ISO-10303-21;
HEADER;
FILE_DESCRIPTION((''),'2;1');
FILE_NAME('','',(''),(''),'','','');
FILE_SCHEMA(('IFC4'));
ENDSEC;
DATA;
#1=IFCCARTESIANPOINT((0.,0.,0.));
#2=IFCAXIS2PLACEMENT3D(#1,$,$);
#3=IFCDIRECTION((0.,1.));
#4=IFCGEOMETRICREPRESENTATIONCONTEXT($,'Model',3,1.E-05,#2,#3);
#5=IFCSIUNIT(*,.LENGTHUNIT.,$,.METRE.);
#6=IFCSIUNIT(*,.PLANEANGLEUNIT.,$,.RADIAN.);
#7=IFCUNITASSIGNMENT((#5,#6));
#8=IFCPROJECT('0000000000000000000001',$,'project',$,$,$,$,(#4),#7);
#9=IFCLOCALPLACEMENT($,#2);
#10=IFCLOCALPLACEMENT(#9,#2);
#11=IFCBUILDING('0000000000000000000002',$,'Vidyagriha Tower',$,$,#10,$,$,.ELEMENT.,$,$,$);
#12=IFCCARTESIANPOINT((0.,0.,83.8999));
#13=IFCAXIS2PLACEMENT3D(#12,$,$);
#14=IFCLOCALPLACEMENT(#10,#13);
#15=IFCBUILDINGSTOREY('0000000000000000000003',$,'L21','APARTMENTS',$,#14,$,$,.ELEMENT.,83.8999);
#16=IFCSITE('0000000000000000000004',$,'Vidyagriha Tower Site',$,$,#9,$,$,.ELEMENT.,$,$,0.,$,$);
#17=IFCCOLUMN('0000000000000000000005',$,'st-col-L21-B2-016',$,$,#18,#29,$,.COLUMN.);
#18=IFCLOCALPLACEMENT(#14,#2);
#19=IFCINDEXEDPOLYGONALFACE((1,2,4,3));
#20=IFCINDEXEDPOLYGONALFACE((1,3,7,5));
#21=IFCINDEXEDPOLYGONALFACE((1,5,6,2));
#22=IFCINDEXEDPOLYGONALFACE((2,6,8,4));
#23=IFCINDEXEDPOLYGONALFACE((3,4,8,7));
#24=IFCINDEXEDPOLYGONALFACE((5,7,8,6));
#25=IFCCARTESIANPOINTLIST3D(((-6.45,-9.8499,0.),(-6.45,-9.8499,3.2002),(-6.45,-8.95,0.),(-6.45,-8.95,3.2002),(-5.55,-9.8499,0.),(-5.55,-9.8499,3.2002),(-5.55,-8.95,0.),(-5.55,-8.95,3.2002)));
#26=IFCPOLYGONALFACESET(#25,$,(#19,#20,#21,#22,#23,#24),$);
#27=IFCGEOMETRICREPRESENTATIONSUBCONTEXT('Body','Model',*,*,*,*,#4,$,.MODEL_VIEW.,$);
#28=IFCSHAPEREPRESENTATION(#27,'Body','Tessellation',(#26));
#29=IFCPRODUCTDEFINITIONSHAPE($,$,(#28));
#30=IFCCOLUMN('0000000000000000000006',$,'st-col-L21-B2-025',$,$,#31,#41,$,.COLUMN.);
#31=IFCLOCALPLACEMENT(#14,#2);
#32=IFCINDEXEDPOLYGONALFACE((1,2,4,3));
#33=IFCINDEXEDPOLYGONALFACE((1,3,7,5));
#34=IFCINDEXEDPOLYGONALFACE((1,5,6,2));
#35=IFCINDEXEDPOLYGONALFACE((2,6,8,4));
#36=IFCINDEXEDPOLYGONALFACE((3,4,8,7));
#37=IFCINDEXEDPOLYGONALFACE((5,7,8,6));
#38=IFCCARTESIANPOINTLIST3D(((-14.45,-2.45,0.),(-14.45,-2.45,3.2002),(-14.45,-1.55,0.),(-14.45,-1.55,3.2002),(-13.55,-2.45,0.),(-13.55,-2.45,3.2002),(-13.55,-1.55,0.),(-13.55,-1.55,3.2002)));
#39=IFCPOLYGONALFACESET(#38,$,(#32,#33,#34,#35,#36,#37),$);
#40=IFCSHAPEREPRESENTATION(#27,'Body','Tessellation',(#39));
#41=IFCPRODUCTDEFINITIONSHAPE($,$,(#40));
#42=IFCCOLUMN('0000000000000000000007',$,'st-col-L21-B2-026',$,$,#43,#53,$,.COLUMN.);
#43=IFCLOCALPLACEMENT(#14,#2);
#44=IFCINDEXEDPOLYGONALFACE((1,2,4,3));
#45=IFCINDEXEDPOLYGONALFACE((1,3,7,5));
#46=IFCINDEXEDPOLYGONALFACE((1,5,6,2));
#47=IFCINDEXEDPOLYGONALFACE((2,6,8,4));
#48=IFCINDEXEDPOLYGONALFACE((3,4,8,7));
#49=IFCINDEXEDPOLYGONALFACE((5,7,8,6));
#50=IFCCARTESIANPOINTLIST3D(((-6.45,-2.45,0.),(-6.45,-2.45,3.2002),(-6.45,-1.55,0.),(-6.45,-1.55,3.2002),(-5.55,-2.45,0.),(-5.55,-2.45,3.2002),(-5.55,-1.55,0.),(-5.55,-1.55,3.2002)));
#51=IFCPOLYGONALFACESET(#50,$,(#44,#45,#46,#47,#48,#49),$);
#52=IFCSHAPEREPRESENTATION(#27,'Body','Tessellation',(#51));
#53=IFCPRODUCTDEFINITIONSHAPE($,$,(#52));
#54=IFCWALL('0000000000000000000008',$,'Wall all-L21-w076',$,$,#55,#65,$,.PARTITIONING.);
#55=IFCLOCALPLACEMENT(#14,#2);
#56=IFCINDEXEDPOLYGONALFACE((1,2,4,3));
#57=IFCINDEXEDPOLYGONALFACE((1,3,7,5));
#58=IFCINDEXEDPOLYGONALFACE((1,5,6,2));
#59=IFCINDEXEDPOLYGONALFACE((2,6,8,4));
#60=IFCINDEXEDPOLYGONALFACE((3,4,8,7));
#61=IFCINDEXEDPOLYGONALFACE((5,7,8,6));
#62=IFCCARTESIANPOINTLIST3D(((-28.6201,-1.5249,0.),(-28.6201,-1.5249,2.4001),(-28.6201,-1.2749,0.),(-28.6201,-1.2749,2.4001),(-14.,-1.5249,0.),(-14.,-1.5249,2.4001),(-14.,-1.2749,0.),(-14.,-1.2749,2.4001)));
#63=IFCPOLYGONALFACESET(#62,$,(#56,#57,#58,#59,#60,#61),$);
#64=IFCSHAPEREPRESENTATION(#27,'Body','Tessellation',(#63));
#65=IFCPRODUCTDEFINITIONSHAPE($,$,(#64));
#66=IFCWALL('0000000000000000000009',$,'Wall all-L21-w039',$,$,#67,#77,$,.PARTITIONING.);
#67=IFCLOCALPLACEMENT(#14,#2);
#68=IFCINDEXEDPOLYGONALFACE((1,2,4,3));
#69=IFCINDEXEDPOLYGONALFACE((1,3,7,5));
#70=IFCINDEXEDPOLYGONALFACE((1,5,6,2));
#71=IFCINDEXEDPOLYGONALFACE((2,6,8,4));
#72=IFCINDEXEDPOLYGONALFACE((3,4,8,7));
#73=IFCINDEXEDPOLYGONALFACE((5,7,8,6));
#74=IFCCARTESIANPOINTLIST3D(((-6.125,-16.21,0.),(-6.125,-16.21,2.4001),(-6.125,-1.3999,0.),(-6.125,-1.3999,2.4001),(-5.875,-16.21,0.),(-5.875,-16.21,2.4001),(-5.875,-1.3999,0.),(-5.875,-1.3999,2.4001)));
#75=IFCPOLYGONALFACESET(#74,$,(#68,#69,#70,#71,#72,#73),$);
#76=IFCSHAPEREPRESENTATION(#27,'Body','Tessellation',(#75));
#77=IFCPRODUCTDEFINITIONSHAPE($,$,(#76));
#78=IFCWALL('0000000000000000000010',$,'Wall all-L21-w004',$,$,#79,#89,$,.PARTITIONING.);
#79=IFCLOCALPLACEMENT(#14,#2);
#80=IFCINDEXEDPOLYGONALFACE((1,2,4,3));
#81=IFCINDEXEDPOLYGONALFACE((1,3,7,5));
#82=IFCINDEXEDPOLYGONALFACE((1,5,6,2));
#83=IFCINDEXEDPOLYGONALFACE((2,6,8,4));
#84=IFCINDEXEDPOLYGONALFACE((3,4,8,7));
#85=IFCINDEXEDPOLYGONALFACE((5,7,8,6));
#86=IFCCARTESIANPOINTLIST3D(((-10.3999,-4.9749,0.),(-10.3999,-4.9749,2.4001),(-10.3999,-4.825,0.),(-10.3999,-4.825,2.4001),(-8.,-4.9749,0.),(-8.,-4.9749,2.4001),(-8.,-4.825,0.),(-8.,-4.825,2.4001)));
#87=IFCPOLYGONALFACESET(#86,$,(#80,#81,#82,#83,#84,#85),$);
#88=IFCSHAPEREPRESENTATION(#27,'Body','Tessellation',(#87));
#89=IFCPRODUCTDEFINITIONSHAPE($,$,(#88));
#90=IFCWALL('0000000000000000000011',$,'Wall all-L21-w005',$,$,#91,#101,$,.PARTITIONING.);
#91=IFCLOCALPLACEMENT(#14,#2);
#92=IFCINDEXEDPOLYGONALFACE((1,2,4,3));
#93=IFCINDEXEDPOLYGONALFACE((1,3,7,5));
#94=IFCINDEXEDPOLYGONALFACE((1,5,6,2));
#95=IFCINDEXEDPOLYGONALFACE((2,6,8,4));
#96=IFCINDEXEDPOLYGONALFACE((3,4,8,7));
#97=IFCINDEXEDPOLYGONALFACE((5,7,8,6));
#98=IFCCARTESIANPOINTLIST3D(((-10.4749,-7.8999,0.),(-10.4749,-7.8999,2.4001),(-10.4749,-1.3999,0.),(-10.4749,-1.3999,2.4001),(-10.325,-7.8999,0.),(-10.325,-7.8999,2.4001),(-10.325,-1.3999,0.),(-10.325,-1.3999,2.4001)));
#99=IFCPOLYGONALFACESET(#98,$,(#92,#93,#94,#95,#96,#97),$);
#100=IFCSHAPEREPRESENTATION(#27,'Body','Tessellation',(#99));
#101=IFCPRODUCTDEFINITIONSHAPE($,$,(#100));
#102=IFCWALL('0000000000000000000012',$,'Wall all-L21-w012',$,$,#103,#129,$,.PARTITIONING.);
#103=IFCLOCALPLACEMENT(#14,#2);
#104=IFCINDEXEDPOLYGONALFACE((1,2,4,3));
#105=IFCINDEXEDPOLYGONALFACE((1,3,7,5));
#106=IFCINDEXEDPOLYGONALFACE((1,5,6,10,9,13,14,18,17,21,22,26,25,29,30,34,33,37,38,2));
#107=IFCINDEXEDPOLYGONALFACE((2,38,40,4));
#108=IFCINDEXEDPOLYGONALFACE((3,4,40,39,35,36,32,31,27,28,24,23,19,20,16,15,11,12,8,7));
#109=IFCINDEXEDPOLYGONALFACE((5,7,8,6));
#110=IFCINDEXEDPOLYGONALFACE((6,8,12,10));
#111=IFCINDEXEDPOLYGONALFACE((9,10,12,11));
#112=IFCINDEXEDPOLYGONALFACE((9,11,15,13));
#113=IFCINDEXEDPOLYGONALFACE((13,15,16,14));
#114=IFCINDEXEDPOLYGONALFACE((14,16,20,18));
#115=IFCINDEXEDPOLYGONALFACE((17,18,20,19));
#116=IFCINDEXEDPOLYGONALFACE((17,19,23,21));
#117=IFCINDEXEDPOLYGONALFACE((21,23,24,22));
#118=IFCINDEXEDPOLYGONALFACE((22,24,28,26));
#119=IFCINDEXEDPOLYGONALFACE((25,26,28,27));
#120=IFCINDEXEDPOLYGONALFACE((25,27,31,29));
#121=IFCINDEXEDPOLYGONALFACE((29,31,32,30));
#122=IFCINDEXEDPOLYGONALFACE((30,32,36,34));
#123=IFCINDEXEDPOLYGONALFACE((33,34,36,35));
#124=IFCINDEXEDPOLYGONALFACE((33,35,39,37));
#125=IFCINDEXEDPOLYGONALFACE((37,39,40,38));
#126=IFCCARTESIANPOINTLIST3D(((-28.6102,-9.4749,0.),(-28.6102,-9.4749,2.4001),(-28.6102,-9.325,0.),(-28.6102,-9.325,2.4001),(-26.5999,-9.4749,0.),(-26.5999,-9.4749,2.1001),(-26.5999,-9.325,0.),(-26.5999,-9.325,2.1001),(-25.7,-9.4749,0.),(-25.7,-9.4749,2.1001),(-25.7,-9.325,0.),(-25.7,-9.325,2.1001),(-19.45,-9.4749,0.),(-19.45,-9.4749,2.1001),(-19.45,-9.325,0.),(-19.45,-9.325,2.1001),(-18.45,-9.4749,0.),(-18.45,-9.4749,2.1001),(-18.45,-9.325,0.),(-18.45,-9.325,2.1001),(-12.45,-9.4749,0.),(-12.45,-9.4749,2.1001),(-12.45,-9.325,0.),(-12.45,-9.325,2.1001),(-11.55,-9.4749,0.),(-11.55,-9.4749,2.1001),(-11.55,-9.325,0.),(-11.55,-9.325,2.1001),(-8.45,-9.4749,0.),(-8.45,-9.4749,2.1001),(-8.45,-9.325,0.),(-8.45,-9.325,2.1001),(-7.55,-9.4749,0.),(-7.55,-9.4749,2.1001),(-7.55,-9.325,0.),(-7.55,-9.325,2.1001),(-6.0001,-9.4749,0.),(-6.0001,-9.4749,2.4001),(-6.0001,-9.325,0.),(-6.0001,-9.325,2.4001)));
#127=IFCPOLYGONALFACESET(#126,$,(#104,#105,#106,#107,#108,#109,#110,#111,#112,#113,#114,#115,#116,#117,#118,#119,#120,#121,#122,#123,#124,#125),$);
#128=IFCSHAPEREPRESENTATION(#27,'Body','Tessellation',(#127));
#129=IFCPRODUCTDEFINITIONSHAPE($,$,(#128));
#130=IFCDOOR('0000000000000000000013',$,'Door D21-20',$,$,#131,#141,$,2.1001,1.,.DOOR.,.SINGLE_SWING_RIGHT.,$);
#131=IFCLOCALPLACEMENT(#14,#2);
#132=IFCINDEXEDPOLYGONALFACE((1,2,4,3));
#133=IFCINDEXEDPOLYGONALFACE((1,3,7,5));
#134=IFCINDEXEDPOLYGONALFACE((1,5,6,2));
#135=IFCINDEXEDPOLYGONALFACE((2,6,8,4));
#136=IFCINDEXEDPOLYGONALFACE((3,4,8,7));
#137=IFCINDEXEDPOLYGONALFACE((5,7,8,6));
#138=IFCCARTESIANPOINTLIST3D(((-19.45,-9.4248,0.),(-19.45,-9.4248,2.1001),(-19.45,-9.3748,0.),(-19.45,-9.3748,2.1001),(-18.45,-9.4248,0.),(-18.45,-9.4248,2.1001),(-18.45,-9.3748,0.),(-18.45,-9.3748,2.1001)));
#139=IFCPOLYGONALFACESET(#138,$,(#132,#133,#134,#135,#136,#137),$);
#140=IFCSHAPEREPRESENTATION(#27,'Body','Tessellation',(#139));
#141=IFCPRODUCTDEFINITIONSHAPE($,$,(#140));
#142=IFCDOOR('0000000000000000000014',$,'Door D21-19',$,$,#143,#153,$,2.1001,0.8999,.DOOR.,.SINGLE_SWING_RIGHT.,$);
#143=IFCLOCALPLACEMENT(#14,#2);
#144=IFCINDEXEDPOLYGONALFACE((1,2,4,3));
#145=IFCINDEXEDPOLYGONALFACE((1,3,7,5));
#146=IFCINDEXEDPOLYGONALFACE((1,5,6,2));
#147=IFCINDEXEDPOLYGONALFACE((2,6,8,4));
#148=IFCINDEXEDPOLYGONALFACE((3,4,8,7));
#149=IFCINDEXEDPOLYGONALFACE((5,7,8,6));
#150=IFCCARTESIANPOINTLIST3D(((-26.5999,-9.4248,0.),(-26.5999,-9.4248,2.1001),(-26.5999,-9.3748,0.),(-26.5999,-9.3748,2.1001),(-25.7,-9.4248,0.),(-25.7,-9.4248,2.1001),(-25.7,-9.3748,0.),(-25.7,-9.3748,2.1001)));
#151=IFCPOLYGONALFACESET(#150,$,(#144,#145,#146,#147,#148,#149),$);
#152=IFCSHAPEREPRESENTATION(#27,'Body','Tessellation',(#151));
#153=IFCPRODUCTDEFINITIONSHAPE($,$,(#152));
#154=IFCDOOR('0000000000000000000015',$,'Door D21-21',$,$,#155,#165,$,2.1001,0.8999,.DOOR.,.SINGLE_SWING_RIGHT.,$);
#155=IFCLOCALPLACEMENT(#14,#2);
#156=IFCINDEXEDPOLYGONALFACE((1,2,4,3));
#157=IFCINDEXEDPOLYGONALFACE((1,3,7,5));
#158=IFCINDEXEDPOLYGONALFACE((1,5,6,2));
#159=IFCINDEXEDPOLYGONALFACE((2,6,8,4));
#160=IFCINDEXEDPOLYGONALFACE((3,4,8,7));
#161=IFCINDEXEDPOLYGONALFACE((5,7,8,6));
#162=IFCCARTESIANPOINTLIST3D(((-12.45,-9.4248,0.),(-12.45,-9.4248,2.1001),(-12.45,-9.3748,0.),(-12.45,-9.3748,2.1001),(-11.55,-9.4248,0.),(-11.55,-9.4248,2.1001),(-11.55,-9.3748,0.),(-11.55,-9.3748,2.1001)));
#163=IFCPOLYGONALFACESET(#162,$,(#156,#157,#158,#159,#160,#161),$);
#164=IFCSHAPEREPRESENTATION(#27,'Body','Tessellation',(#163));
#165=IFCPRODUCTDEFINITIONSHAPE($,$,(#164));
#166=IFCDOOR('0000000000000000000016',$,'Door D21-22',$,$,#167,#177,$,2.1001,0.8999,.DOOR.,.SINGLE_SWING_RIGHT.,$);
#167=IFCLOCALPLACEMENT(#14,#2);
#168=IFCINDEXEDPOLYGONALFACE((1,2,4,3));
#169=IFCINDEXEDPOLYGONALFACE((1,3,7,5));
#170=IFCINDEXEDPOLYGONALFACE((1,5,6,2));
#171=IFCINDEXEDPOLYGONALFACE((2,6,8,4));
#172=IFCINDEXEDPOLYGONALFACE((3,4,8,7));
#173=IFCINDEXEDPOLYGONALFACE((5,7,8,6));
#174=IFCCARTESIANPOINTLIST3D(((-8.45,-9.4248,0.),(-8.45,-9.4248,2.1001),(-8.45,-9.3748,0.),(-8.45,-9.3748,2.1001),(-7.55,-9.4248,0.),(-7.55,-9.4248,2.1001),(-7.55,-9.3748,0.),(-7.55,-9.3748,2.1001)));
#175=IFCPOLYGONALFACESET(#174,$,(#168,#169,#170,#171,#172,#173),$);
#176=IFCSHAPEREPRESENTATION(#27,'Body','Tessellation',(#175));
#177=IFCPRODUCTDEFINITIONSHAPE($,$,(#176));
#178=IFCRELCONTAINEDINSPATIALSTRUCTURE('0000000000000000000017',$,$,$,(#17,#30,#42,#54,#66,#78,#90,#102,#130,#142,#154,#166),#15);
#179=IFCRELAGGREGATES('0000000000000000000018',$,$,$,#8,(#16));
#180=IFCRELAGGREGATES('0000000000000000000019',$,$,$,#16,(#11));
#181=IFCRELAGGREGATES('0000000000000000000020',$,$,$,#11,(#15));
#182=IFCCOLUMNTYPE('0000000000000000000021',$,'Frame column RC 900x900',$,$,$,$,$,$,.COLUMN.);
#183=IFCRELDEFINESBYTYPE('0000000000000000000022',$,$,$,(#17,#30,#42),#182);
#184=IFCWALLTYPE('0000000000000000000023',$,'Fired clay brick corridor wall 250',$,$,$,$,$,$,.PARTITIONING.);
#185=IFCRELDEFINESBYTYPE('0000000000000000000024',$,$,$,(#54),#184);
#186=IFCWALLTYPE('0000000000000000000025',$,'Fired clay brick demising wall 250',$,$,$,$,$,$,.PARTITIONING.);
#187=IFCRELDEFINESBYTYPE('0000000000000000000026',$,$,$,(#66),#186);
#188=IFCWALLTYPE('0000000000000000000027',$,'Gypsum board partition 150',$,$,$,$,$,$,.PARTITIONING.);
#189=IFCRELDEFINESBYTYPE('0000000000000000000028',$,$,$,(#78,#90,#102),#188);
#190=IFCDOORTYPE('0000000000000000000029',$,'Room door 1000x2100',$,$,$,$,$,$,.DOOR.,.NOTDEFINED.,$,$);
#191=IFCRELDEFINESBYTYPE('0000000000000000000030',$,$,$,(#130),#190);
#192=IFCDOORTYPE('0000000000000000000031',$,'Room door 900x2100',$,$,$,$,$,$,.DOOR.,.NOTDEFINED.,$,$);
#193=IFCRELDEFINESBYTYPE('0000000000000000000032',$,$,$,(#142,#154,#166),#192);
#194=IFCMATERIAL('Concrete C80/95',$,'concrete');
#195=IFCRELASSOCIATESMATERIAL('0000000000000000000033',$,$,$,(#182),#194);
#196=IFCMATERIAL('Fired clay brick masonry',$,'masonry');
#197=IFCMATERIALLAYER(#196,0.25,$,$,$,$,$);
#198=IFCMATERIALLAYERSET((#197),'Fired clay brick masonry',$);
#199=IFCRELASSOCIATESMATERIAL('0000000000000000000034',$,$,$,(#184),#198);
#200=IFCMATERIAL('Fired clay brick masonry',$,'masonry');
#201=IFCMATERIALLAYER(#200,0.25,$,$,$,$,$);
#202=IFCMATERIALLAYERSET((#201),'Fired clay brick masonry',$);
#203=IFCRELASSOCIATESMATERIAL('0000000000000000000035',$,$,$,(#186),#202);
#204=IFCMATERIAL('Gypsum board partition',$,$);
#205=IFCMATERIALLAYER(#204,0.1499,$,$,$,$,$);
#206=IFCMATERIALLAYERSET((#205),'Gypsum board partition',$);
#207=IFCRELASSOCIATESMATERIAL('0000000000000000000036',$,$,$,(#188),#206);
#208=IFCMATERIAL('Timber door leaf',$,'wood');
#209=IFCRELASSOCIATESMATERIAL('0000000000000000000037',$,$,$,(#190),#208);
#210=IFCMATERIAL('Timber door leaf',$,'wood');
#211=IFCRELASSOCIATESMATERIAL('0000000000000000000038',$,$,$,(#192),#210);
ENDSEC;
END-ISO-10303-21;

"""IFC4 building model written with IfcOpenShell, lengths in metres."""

from ifc_helpers import new_model, si_unit, direction, frame, frame_2d, origin, origin_2d, place, context, subcontext, project, spatial, rectangle, extrude, material, layer, layer_set, material_profile, profile_set, type_object, element, fill, save


model = new_model("IFC4")

# Units and contexts
model_context = context("Model", 3, precision=1e-05, world=origin(), true_north=direction((0.0, 1.0)))
body_context = subcontext(model_context, "Body", "Model", "MODEL_VIEW")
ifc_project = project(units=[si_unit("LENGTHUNIT", "METRE"), si_unit("PLANEANGLEUNIT", "RADIAN")], contexts=[model_context])

# Site, building, storey
site_placement = place(None, origin())
site = spatial("IfcSite", under=ifc_project, at=site_placement, Name="Vidyagriha Tower Site", CompositionType="ELEMENT", RefElevation=0.0)
building_placement = place(site_placement, origin())
building = spatial("IfcBuilding", under=site, at=building_placement, Name="Vidyagriha Tower", CompositionType="ELEMENT")
storey_placement = place(building_placement, frame((0.0, 0.0, 83.8999)))
storey = spatial("IfcBuildingStorey", under=building, at=storey_placement, Name="L21", Description="APARTMENTS", CompositionType="ELEMENT", Elevation=83.8999)

# Columns
ifc_material_1 = material(Name="Concrete C80/95", Category="concrete")
ifc_material_profile = material_profile(ifc_material_1, rectangle(XDim=0.8999, YDim=0.8999, at=origin_2d()), Name="RC 900x900")
ifc_profile_set = profile_set([ifc_material_profile], Name="Concrete C80/95")
column_type = type_object("IfcColumnType", Name="Frame column RC 900x900", PredefinedType="COLUMN", material=ifc_profile_set)
for number, where, name in (
    (1, (-6.0, -9.3999, 0.0), "st-col-L21-B2-016"),
    (2, (-14.0, -2.0, 0.0), "st-col-L21-B2-025"),
    (3, (-6.0, -2.0, 0.0), "st-col-L21-B2-026"),
):
    element("IfcColumn", number, at=place(storey_placement, frame(where)), inside=storey, type_object=column_type, Name=name, PredefinedType="COLUMN", context=body_context, shape_type="SweptSolid", body=[
        extrude(rectangle(XDim=0.8999, YDim=0.8999, at=origin_2d()), origin(), (0.0, 0.0, 1.0), 3.2002),
    ])

# Walls
ifc_material_2 = material(Name="Fired clay brick masonry", Category="masonry")
ifc_layer_1 = layer(ifc_material_2, 0.25)
ifc_layer_set_1 = layer_set([ifc_layer_1], Name="Fired clay brick masonry")
wall_type_1 = type_object("IfcWallType", Name="Fired clay brick corridor wall 250", PredefinedType="PARTITIONING", material=ifc_layer_set_1)
wall_1_placement = place(storey_placement, frame((-14.0, -1.3999, 0.0), z_axis=(0.0, 0.0, 1.0), x_axis=(-1.0, 0.0, 0.0)))
element("IfcWall", 4, at=wall_1_placement, inside=storey, type_object=wall_type_1, Name="Wall all-L21-w076", PredefinedType="PARTITIONING", context=body_context, shape_type="SweptSolid", body=[
    extrude(rectangle(XDim=14.6201, YDim=0.25, at=frame_2d((7.3101, 0.0))), origin(), (0.0, 0.0, 1.0), 2.4001),
])
ifc_material_3 = material(Name="Fired clay brick masonry", Category="masonry")
ifc_layer_2 = layer(ifc_material_3, 0.25)
ifc_layer_set_2 = layer_set([ifc_layer_2], Name="Fired clay brick masonry")
wall_type_2 = type_object("IfcWallType", Name="Fired clay brick demising wall 250", PredefinedType="PARTITIONING", material=ifc_layer_set_2)
wall_2_placement = place(storey_placement, frame((-6.0, -1.3999, 0.0), z_axis=(0.0, 0.0, 1.0), x_axis=(0.0, -1.0, 0.0)))
element("IfcWall", 5, at=wall_2_placement, inside=storey, type_object=wall_type_2, Name="Wall all-L21-w039", PredefinedType="PARTITIONING", context=body_context, shape_type="SweptSolid", body=[
    extrude(rectangle(XDim=14.8101, YDim=0.25, at=frame_2d((7.405, 0.0))), origin(), (0.0, 0.0, 1.0), 2.4001),
])
ifc_material_4 = material(Name="Gypsum board partition")
ifc_layer_3 = layer(ifc_material_4, 0.1499)
ifc_layer_set_3 = layer_set([ifc_layer_3], Name="Gypsum board partition")
wall_type_3 = type_object("IfcWallType", Name="Gypsum board partition 150", PredefinedType="PARTITIONING", material=ifc_layer_set_3)
wall_3_placement = place(storey_placement, frame((-8.0, -4.8999, 0.0), z_axis=(0.0, 0.0, 1.0), x_axis=(-1.0, 0.0, 0.0)))
element("IfcWall", 6, at=wall_3_placement, inside=storey, type_object=wall_type_3, Name="Wall all-L21-w004", PredefinedType="PARTITIONING", context=body_context, shape_type="SweptSolid", body=[
    extrude(rectangle(XDim=2.3999, YDim=0.1499, at=frame_2d((1.2, 0.0))), origin(), (0.0, 0.0, 1.0), 2.4001),
])
wall_4_placement = place(storey_placement, frame((-10.3999, -7.8999, 0.0), z_axis=(0.0, 0.0, 1.0), x_axis=(0.0, 1.0, 0.0)))
element("IfcWall", 7, at=wall_4_placement, inside=storey, type_object=wall_type_3, Name="Wall all-L21-w005", PredefinedType="PARTITIONING", context=body_context, shape_type="SweptSolid", body=[
    extrude(rectangle(XDim=6.5, YDim=0.1499, at=frame_2d((3.25, 0.0))), origin(), (0.0, 0.0, 1.0), 2.4001),
])

# Wall, openings, doors
wall_5_placement = place(storey_placement, frame((-6.0, -9.3999, 0.0), z_axis=(0.0, 0.0, 1.0), x_axis=(-1.0, 0.0, 0.0)))
wall_5 = element("IfcWall", 8, at=wall_5_placement, inside=storey, type_object=wall_type_3, Name="Wall all-L21-w012", PredefinedType="PARTITIONING", context=body_context, shape_type="SweptSolid", body=[
    extrude(rectangle(XDim=22.6101, YDim=0.1499, at=frame_2d((11.3052, 0.0))), origin(), (0.0, 0.0, 1.0), 2.4001),
])
opening_1_placement = place(wall_5_placement, frame((19.7, 0.0, 0.0)))
opening_1 = element("IfcOpeningElement", 9, at=opening_1_placement, cuts=wall_5, PredefinedType="OPENING", context=body_context, shape_type="SweptSolid", body=[
    extrude(rectangle(XDim=0.8999, YDim=2.1001, at=frame_2d((0.45, 1.05))), frame((0.0, 0.085, 0.0), z_axis=(0.0, -1.0, 0.0), x_axis=(1.0, 0.0, 0.0)), (0.0, 0.0, 1.0), 0.1699),
])
opening_2_placement = place(wall_5_placement, frame((12.45, 0.0, 0.0)))
opening_2 = element("IfcOpeningElement", 10, at=opening_2_placement, cuts=wall_5, PredefinedType="OPENING", context=body_context, shape_type="SweptSolid", body=[
    extrude(rectangle(XDim=1.0, YDim=2.1001, at=frame_2d((0.5, 1.05))), frame((0.0, 0.085, 0.0), z_axis=(0.0, -1.0, 0.0), x_axis=(1.0, 0.0, 0.0)), (0.0, 0.0, 1.0), 0.1699),
])
opening_3_placement = place(wall_5_placement, frame((5.55, 0.0, 0.0)))
opening_3 = element("IfcOpeningElement", 11, at=opening_3_placement, cuts=wall_5, PredefinedType="OPENING", context=body_context, shape_type="SweptSolid", body=[
    extrude(rectangle(XDim=0.8999, YDim=2.1001, at=frame_2d((0.45, 1.05))), frame((0.0, 0.085, 0.0), z_axis=(0.0, -1.0, 0.0), x_axis=(1.0, 0.0, 0.0)), (0.0, 0.0, 1.0), 0.1699),
])
opening_4_placement = place(wall_5_placement, frame((1.55, 0.0, 0.0)))
opening_4 = element("IfcOpeningElement", 12, at=opening_4_placement, cuts=wall_5, PredefinedType="OPENING", context=body_context, shape_type="SweptSolid", body=[
    extrude(rectangle(XDim=0.8999, YDim=2.1001, at=frame_2d((0.45, 1.05))), frame((0.0, 0.085, 0.0), z_axis=(0.0, -1.0, 0.0), x_axis=(1.0, 0.0, 0.0)), (0.0, 0.0, 1.0), 0.1699),
])
ifc_material_5 = material(Name="Timber door leaf", Category="wood")
door_type_1 = type_object("IfcDoorType", Name="Room door 1000x2100", OperationType="NOTDEFINED", PredefinedType="DOOR", material=ifc_material_5)
door_1_placement = place(opening_2_placement, origin())
door_1 = element("IfcDoor", 13, at=door_1_placement, inside=storey, type_object=door_type_1, Name="Door D21-20", OperationType="SINGLE_SWING_RIGHT", OverallHeight=2.1001, OverallWidth=1.0, PredefinedType="DOOR", context=body_context, shape_type="SweptSolid", body=[
    extrude(rectangle(XDim=1.0, YDim=2.1001, at=frame_2d((0.5, 1.05))), frame((0.0, 0.0249, 0.0), z_axis=(0.0, -1.0, 0.0), x_axis=(1.0, 0.0, 0.0)), (0.0, 0.0, 1.0), 0.05),
])
fill(opening_2, door_1)
ifc_material_6 = material(Name="Timber door leaf", Category="wood")
door_type_2 = type_object("IfcDoorType", Name="Room door 900x2100", OperationType="NOTDEFINED", PredefinedType="DOOR", material=ifc_material_6)
door_2_placement = place(opening_1_placement, origin())
door_2 = element("IfcDoor", 14, at=door_2_placement, inside=storey, type_object=door_type_2, Name="Door D21-19", OperationType="SINGLE_SWING_RIGHT", OverallHeight=2.1001, OverallWidth=0.8999, PredefinedType="DOOR", context=body_context, shape_type="SweptSolid", body=[
    extrude(rectangle(XDim=0.8999, YDim=2.1001, at=frame_2d((0.45, 1.05))), frame((0.0, 0.0249, 0.0), z_axis=(0.0, -1.0, 0.0), x_axis=(1.0, 0.0, 0.0)), (0.0, 0.0, 1.0), 0.05),
])
fill(opening_1, door_2)
door_3_placement = place(opening_3_placement, origin())
door_3 = element("IfcDoor", 15, at=door_3_placement, inside=storey, type_object=door_type_2, Name="Door D21-21", OperationType="SINGLE_SWING_RIGHT", OverallHeight=2.1001, OverallWidth=0.8999, PredefinedType="DOOR", context=body_context, shape_type="SweptSolid", body=[
    extrude(rectangle(XDim=0.8999, YDim=2.1001, at=frame_2d((0.45, 1.05))), frame((0.0, 0.0249, 0.0), z_axis=(0.0, -1.0, 0.0), x_axis=(1.0, 0.0, 0.0)), (0.0, 0.0, 1.0), 0.05),
])
fill(opening_3, door_3)
door_4_placement = place(opening_4_placement, origin())
door_4 = element("IfcDoor", 16, at=door_4_placement, inside=storey, type_object=door_type_2, Name="Door D21-22", OperationType="SINGLE_SWING_RIGHT", OverallHeight=2.1001, OverallWidth=0.8999, PredefinedType="DOOR", context=body_context, shape_type="SweptSolid", body=[
    extrude(rectangle(XDim=0.8999, YDim=2.1001, at=frame_2d((0.45, 1.05))), frame((0.0, 0.0249, 0.0), z_axis=(0.0, -1.0, 0.0), x_axis=(1.0, 0.0, 0.0)), (0.0, 0.0, 1.0), 0.05),
])
fill(opening_4, door_4)

save(model, "model.ifc")
